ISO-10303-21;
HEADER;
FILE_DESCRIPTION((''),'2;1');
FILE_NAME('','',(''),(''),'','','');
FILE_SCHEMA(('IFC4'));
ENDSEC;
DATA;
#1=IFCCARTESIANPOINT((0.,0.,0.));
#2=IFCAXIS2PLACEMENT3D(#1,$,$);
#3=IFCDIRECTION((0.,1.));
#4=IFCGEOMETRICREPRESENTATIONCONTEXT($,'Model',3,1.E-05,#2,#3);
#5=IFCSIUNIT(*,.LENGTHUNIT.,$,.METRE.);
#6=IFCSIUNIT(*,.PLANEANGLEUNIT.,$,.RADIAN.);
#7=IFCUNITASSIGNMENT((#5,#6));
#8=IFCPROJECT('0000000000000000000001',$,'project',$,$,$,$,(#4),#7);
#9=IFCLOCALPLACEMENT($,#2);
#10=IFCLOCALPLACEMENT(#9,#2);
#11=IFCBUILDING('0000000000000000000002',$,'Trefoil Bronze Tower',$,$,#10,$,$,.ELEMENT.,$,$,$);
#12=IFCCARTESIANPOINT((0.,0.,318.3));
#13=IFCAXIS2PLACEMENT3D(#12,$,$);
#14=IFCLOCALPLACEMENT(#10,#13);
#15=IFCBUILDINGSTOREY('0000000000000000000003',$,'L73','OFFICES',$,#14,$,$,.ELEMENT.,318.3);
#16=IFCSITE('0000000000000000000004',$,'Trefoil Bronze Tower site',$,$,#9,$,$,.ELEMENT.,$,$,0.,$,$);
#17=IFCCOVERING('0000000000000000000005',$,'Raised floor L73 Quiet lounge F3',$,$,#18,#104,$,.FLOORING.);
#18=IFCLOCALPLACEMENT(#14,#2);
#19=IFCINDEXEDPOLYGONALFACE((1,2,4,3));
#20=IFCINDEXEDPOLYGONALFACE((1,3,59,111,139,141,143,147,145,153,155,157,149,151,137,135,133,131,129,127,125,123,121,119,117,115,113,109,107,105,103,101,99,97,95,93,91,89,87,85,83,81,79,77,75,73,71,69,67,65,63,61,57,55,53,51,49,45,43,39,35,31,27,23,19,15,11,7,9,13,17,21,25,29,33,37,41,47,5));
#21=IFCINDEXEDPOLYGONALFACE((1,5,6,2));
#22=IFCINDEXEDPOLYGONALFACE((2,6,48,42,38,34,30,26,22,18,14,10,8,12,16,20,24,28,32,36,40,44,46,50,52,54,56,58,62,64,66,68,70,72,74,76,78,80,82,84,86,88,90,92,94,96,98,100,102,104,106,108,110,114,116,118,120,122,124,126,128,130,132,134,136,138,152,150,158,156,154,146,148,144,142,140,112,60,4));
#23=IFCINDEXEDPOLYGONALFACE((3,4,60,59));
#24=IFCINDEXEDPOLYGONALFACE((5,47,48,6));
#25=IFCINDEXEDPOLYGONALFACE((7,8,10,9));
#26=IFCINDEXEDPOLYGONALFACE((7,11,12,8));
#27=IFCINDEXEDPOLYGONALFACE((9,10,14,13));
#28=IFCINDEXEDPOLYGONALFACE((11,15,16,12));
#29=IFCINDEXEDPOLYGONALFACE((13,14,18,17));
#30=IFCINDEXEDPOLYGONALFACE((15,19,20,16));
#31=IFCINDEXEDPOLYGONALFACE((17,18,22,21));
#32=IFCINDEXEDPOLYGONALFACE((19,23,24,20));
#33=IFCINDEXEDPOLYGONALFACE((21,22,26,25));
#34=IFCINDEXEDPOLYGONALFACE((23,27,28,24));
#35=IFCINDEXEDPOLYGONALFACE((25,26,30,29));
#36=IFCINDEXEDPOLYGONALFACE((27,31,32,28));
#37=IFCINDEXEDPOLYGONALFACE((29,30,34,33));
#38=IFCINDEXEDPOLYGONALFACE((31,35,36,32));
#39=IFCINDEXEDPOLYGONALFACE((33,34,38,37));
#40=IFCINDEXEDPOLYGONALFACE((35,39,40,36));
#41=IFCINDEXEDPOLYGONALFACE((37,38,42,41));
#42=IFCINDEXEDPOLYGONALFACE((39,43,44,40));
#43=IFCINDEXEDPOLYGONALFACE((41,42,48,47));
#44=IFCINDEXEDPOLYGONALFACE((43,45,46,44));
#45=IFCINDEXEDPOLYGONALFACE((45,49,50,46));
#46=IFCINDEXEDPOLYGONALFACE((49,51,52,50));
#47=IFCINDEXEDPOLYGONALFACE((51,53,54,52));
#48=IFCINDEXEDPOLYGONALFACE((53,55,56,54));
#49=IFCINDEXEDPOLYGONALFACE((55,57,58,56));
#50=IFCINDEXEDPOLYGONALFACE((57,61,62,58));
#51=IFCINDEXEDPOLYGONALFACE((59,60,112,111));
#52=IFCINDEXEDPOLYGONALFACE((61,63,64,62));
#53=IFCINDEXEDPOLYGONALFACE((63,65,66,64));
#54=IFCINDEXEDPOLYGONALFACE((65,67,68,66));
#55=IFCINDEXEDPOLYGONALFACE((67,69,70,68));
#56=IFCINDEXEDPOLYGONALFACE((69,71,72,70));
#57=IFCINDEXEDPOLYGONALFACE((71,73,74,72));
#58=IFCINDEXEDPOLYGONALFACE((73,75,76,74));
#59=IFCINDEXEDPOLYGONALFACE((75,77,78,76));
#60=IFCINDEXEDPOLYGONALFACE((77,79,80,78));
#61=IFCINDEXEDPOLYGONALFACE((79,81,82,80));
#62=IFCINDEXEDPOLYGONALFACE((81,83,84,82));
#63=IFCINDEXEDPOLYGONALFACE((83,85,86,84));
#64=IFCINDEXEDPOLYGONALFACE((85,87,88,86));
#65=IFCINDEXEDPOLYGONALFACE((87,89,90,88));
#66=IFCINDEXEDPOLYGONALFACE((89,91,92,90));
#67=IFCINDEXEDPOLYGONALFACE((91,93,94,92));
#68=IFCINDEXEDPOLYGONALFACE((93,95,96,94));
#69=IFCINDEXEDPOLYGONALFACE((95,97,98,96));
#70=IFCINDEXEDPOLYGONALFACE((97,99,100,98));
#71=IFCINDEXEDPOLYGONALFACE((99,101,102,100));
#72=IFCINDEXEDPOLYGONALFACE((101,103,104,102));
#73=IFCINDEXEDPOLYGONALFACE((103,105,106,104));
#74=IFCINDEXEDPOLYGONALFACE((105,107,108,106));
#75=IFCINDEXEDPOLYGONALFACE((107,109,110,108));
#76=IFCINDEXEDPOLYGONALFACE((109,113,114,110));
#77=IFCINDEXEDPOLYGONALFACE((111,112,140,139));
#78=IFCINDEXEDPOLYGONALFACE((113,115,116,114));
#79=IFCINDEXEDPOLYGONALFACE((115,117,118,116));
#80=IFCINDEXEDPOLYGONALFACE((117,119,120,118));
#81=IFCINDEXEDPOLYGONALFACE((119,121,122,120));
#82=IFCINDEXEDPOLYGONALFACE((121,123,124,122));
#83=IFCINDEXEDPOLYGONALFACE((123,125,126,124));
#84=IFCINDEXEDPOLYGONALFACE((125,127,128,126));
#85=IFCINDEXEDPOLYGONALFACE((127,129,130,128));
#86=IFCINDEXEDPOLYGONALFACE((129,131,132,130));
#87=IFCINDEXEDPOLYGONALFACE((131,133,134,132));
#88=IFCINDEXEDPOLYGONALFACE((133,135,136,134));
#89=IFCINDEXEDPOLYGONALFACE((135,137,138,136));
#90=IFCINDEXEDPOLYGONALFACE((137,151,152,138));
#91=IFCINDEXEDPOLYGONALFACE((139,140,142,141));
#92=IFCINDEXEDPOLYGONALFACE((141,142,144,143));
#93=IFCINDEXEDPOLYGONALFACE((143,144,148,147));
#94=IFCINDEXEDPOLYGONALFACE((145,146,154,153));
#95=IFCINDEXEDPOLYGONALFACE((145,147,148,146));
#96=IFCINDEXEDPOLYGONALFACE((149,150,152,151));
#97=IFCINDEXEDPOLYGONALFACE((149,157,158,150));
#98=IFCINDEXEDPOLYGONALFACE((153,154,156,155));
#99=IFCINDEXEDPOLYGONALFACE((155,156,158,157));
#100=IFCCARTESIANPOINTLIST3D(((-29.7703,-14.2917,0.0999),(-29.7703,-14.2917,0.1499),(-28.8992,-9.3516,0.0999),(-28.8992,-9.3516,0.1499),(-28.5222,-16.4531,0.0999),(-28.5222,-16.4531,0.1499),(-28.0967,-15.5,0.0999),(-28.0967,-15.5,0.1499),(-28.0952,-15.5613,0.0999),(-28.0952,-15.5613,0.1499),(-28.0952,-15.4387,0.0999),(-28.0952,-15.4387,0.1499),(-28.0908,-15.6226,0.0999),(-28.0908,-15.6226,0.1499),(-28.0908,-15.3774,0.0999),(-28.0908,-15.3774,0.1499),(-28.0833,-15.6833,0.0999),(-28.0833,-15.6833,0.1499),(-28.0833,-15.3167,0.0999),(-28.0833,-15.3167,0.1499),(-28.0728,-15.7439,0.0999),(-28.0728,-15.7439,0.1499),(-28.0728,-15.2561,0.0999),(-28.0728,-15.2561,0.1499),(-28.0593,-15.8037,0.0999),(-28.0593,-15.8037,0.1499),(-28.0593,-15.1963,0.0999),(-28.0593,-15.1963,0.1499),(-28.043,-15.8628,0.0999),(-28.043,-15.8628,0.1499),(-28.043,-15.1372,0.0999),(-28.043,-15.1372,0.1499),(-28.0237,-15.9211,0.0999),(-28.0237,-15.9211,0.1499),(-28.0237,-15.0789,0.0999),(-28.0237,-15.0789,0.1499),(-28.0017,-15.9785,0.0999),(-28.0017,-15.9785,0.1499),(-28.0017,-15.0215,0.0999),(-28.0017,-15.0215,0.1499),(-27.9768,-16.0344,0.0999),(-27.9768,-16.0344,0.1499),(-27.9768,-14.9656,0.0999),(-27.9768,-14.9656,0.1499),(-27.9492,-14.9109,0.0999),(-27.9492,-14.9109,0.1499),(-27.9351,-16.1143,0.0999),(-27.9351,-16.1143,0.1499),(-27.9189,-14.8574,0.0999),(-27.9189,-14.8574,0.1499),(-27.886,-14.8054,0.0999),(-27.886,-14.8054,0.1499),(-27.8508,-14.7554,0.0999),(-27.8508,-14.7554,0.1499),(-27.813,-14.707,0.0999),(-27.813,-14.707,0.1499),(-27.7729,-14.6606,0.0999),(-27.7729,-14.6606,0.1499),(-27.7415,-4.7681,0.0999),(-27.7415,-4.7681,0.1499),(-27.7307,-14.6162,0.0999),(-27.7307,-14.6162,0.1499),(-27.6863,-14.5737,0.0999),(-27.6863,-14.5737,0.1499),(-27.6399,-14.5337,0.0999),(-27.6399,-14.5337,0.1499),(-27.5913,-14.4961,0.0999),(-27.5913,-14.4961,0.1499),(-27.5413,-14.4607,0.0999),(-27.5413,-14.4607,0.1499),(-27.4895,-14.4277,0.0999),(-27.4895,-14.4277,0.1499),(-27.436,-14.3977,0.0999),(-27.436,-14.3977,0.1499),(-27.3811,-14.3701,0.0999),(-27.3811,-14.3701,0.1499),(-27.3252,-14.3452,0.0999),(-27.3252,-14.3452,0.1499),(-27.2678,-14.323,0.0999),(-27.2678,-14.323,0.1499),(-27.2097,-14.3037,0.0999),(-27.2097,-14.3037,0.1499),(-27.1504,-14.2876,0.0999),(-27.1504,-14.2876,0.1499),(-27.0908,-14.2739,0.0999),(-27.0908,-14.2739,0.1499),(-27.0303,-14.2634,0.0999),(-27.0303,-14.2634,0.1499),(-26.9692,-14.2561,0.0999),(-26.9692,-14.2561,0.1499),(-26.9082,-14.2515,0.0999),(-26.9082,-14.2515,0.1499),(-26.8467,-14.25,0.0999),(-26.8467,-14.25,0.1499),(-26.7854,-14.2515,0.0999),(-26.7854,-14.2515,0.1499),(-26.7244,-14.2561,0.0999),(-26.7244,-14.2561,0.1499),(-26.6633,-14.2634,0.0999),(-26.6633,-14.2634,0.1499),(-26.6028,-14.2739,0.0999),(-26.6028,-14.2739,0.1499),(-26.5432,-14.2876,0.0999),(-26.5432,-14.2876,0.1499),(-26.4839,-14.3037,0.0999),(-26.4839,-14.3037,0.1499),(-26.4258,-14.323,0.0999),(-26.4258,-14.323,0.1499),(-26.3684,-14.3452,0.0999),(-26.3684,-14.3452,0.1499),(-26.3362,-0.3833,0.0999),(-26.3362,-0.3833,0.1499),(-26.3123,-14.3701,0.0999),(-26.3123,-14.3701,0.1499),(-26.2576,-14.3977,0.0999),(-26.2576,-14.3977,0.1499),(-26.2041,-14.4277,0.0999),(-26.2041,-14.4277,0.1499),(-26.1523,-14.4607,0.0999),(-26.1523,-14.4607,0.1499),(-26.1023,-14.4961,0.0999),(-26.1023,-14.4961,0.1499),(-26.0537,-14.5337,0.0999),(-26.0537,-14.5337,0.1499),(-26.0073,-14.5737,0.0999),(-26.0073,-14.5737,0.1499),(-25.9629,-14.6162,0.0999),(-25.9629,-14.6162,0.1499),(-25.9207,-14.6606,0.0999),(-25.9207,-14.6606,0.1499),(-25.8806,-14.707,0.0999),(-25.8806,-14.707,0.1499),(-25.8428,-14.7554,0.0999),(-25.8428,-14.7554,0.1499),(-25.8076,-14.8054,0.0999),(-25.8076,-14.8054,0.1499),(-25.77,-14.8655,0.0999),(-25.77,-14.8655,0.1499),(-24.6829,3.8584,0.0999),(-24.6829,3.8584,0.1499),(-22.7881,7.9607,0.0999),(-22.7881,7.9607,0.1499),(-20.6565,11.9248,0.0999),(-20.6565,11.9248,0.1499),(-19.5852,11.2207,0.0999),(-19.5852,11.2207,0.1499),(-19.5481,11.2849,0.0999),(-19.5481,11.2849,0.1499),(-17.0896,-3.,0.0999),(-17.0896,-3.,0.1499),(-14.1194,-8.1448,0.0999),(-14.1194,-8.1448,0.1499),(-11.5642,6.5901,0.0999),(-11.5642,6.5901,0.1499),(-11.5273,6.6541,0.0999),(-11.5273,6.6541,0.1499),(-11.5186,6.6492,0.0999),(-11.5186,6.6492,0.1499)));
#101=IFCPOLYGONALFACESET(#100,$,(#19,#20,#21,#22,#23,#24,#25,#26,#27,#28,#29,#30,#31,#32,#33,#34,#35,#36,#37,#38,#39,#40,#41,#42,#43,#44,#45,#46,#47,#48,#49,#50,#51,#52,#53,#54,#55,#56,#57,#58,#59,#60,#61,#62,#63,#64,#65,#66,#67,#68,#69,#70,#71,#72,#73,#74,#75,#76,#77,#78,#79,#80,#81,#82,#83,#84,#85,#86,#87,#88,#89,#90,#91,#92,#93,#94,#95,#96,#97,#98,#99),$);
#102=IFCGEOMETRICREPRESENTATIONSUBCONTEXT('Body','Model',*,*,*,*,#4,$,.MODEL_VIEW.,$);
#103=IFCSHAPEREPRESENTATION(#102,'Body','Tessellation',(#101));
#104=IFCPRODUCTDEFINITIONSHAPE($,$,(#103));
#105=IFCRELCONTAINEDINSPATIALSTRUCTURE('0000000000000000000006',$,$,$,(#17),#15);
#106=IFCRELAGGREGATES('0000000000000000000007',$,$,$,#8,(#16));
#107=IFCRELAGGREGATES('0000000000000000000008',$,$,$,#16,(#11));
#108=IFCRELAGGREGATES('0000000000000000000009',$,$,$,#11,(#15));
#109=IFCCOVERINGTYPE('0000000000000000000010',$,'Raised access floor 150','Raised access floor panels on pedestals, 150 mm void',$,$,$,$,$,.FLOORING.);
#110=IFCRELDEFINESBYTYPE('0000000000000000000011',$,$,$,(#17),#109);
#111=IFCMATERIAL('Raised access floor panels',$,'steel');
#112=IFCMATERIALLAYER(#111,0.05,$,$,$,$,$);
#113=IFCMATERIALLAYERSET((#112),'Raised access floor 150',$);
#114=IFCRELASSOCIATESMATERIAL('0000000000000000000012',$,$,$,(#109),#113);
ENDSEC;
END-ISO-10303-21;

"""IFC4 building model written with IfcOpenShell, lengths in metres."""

from ifc_helpers import new_model, si_unit, direction, frame, origin, place, context, subcontext, project, spatial, polyline, outline, extrude, material, layer, layer_set, type_object, element, save


model = new_model("IFC4")

# Units and contexts
model_context = context("Model", 3, precision=1e-05, world=origin(), true_north=direction((0.0, 1.0)))
body_context = subcontext(model_context, "Body", "Model", "MODEL_VIEW")
ifc_project = project(units=[si_unit("LENGTHUNIT", "METRE"), si_unit("PLANEANGLEUNIT", "RADIAN")], contexts=[model_context])

# Site, building, storey
site_placement = place(None, origin())
site = spatial("IfcSite", under=ifc_project, at=site_placement, Name="Trefoil Bronze Tower site", CompositionType="ELEMENT", RefElevation=0.0)
building_placement = place(site_placement, origin())
building = spatial("IfcBuilding", under=site, at=building_placement, Name="Trefoil Bronze Tower", CompositionType="ELEMENT")
storey_placement = place(building_placement, frame((0.0, 0.0, 318.3)))
storey = spatial("IfcBuildingStorey", under=building, at=storey_placement, Name="L73", Description="OFFICES", CompositionType="ELEMENT", Elevation=318.3)

# Covering
ifc_material_1 = material(Name="Raised access floor panels", Category="steel")
ifc_layer_1 = layer(ifc_material_1, 0.05)
ifc_layer_set_1 = layer_set([ifc_layer_1], Name="Raised access floor 150")
covering_type_1 = type_object("IfcCoveringType", Name="Raised access floor 150", Description="Raised access floor panels on pedestals, 150 mm void", PredefinedType="FLOORING", material=ifc_layer_set_1)
covering_1_placement = place(storey_placement, frame((0.0, 0.0, 0.0999)))
element("IfcCovering", 1, at=covering_1_placement, inside=storey, type_object=covering_type_1, Name="Raised floor L73 Quiet lounge F3", PredefinedType="FLOORING", context=body_context, shape_type="SweptSolid", body=[
    extrude(outline(polyline([(-24.6829, 3.8584), (-22.7881, 7.9607), (-20.6565, 11.9248), (-19.5481, 11.2849), (-19.5852, 11.2207), (-11.5642, 6.5901), (-11.5273, 6.6541), (-11.5186, 6.6492), (-17.0896, -3.0), (-14.1194, -8.1448), (-25.77, -14.8655), (-25.8076, -14.8054), (-25.8428, -14.7554), (-25.8806, -14.707), (-25.9207, -14.6606), (-25.9629, -14.6162), (-26.0073, -14.5737), (-26.0537, -14.5337), (-26.1023, -14.4961), (-26.1523, -14.4607), (-26.2041, -14.4277), (-26.2576, -14.3977), (-26.3123, -14.3701), (-26.3684, -14.3452), (-26.4258, -14.323), (-26.4839, -14.3037), (-26.5432, -14.2876), (-26.6028, -14.2739), (-26.6633, -14.2634), (-26.7244, -14.2561), (-26.7854, -14.2515), (-26.8467, -14.25), (-26.9082, -14.2515), (-26.9692, -14.2561), (-27.0303, -14.2634), (-27.0908, -14.2739), (-27.1504, -14.2876), (-27.2097, -14.3037), (-27.2678, -14.323), (-27.3252, -14.3452), (-27.3811, -14.3701), (-27.436, -14.3977), (-27.4895, -14.4277), (-27.5413, -14.4607), (-27.5913, -14.4961), (-27.6399, -14.5337), (-27.6863, -14.5737), (-27.7307, -14.6162), (-27.7729, -14.6606), (-27.813, -14.707), (-27.8508, -14.7554), (-27.886, -14.8054), (-27.9189, -14.8574), (-27.9492, -14.9109), (-27.9768, -14.9656), (-28.0017, -15.0215), (-28.0237, -15.0789), (-28.043, -15.1372), (-28.0593, -15.1963), (-28.0728, -15.2561), (-28.0833, -15.3167), (-28.0908, -15.3774), (-28.0952, -15.4387), (-28.0967, -15.5), (-28.0952, -15.5613), (-28.0908, -15.6226), (-28.0833, -15.6833), (-28.0728, -15.7439), (-28.0593, -15.8037), (-28.043, -15.8628), (-28.0237, -15.9211), (-28.0017, -15.9785), (-27.9768, -16.0344), (-27.9351, -16.1143), (-28.5222, -16.4531), (-29.7703, -14.2917), (-28.8992, -9.3516), (-27.7415, -4.7681), (-26.3362, -0.3833), (-24.6829, 3.8584)])), origin(), (0.0, 0.0, 1.0), 0.05),
])

save(model, "model.ifc")
